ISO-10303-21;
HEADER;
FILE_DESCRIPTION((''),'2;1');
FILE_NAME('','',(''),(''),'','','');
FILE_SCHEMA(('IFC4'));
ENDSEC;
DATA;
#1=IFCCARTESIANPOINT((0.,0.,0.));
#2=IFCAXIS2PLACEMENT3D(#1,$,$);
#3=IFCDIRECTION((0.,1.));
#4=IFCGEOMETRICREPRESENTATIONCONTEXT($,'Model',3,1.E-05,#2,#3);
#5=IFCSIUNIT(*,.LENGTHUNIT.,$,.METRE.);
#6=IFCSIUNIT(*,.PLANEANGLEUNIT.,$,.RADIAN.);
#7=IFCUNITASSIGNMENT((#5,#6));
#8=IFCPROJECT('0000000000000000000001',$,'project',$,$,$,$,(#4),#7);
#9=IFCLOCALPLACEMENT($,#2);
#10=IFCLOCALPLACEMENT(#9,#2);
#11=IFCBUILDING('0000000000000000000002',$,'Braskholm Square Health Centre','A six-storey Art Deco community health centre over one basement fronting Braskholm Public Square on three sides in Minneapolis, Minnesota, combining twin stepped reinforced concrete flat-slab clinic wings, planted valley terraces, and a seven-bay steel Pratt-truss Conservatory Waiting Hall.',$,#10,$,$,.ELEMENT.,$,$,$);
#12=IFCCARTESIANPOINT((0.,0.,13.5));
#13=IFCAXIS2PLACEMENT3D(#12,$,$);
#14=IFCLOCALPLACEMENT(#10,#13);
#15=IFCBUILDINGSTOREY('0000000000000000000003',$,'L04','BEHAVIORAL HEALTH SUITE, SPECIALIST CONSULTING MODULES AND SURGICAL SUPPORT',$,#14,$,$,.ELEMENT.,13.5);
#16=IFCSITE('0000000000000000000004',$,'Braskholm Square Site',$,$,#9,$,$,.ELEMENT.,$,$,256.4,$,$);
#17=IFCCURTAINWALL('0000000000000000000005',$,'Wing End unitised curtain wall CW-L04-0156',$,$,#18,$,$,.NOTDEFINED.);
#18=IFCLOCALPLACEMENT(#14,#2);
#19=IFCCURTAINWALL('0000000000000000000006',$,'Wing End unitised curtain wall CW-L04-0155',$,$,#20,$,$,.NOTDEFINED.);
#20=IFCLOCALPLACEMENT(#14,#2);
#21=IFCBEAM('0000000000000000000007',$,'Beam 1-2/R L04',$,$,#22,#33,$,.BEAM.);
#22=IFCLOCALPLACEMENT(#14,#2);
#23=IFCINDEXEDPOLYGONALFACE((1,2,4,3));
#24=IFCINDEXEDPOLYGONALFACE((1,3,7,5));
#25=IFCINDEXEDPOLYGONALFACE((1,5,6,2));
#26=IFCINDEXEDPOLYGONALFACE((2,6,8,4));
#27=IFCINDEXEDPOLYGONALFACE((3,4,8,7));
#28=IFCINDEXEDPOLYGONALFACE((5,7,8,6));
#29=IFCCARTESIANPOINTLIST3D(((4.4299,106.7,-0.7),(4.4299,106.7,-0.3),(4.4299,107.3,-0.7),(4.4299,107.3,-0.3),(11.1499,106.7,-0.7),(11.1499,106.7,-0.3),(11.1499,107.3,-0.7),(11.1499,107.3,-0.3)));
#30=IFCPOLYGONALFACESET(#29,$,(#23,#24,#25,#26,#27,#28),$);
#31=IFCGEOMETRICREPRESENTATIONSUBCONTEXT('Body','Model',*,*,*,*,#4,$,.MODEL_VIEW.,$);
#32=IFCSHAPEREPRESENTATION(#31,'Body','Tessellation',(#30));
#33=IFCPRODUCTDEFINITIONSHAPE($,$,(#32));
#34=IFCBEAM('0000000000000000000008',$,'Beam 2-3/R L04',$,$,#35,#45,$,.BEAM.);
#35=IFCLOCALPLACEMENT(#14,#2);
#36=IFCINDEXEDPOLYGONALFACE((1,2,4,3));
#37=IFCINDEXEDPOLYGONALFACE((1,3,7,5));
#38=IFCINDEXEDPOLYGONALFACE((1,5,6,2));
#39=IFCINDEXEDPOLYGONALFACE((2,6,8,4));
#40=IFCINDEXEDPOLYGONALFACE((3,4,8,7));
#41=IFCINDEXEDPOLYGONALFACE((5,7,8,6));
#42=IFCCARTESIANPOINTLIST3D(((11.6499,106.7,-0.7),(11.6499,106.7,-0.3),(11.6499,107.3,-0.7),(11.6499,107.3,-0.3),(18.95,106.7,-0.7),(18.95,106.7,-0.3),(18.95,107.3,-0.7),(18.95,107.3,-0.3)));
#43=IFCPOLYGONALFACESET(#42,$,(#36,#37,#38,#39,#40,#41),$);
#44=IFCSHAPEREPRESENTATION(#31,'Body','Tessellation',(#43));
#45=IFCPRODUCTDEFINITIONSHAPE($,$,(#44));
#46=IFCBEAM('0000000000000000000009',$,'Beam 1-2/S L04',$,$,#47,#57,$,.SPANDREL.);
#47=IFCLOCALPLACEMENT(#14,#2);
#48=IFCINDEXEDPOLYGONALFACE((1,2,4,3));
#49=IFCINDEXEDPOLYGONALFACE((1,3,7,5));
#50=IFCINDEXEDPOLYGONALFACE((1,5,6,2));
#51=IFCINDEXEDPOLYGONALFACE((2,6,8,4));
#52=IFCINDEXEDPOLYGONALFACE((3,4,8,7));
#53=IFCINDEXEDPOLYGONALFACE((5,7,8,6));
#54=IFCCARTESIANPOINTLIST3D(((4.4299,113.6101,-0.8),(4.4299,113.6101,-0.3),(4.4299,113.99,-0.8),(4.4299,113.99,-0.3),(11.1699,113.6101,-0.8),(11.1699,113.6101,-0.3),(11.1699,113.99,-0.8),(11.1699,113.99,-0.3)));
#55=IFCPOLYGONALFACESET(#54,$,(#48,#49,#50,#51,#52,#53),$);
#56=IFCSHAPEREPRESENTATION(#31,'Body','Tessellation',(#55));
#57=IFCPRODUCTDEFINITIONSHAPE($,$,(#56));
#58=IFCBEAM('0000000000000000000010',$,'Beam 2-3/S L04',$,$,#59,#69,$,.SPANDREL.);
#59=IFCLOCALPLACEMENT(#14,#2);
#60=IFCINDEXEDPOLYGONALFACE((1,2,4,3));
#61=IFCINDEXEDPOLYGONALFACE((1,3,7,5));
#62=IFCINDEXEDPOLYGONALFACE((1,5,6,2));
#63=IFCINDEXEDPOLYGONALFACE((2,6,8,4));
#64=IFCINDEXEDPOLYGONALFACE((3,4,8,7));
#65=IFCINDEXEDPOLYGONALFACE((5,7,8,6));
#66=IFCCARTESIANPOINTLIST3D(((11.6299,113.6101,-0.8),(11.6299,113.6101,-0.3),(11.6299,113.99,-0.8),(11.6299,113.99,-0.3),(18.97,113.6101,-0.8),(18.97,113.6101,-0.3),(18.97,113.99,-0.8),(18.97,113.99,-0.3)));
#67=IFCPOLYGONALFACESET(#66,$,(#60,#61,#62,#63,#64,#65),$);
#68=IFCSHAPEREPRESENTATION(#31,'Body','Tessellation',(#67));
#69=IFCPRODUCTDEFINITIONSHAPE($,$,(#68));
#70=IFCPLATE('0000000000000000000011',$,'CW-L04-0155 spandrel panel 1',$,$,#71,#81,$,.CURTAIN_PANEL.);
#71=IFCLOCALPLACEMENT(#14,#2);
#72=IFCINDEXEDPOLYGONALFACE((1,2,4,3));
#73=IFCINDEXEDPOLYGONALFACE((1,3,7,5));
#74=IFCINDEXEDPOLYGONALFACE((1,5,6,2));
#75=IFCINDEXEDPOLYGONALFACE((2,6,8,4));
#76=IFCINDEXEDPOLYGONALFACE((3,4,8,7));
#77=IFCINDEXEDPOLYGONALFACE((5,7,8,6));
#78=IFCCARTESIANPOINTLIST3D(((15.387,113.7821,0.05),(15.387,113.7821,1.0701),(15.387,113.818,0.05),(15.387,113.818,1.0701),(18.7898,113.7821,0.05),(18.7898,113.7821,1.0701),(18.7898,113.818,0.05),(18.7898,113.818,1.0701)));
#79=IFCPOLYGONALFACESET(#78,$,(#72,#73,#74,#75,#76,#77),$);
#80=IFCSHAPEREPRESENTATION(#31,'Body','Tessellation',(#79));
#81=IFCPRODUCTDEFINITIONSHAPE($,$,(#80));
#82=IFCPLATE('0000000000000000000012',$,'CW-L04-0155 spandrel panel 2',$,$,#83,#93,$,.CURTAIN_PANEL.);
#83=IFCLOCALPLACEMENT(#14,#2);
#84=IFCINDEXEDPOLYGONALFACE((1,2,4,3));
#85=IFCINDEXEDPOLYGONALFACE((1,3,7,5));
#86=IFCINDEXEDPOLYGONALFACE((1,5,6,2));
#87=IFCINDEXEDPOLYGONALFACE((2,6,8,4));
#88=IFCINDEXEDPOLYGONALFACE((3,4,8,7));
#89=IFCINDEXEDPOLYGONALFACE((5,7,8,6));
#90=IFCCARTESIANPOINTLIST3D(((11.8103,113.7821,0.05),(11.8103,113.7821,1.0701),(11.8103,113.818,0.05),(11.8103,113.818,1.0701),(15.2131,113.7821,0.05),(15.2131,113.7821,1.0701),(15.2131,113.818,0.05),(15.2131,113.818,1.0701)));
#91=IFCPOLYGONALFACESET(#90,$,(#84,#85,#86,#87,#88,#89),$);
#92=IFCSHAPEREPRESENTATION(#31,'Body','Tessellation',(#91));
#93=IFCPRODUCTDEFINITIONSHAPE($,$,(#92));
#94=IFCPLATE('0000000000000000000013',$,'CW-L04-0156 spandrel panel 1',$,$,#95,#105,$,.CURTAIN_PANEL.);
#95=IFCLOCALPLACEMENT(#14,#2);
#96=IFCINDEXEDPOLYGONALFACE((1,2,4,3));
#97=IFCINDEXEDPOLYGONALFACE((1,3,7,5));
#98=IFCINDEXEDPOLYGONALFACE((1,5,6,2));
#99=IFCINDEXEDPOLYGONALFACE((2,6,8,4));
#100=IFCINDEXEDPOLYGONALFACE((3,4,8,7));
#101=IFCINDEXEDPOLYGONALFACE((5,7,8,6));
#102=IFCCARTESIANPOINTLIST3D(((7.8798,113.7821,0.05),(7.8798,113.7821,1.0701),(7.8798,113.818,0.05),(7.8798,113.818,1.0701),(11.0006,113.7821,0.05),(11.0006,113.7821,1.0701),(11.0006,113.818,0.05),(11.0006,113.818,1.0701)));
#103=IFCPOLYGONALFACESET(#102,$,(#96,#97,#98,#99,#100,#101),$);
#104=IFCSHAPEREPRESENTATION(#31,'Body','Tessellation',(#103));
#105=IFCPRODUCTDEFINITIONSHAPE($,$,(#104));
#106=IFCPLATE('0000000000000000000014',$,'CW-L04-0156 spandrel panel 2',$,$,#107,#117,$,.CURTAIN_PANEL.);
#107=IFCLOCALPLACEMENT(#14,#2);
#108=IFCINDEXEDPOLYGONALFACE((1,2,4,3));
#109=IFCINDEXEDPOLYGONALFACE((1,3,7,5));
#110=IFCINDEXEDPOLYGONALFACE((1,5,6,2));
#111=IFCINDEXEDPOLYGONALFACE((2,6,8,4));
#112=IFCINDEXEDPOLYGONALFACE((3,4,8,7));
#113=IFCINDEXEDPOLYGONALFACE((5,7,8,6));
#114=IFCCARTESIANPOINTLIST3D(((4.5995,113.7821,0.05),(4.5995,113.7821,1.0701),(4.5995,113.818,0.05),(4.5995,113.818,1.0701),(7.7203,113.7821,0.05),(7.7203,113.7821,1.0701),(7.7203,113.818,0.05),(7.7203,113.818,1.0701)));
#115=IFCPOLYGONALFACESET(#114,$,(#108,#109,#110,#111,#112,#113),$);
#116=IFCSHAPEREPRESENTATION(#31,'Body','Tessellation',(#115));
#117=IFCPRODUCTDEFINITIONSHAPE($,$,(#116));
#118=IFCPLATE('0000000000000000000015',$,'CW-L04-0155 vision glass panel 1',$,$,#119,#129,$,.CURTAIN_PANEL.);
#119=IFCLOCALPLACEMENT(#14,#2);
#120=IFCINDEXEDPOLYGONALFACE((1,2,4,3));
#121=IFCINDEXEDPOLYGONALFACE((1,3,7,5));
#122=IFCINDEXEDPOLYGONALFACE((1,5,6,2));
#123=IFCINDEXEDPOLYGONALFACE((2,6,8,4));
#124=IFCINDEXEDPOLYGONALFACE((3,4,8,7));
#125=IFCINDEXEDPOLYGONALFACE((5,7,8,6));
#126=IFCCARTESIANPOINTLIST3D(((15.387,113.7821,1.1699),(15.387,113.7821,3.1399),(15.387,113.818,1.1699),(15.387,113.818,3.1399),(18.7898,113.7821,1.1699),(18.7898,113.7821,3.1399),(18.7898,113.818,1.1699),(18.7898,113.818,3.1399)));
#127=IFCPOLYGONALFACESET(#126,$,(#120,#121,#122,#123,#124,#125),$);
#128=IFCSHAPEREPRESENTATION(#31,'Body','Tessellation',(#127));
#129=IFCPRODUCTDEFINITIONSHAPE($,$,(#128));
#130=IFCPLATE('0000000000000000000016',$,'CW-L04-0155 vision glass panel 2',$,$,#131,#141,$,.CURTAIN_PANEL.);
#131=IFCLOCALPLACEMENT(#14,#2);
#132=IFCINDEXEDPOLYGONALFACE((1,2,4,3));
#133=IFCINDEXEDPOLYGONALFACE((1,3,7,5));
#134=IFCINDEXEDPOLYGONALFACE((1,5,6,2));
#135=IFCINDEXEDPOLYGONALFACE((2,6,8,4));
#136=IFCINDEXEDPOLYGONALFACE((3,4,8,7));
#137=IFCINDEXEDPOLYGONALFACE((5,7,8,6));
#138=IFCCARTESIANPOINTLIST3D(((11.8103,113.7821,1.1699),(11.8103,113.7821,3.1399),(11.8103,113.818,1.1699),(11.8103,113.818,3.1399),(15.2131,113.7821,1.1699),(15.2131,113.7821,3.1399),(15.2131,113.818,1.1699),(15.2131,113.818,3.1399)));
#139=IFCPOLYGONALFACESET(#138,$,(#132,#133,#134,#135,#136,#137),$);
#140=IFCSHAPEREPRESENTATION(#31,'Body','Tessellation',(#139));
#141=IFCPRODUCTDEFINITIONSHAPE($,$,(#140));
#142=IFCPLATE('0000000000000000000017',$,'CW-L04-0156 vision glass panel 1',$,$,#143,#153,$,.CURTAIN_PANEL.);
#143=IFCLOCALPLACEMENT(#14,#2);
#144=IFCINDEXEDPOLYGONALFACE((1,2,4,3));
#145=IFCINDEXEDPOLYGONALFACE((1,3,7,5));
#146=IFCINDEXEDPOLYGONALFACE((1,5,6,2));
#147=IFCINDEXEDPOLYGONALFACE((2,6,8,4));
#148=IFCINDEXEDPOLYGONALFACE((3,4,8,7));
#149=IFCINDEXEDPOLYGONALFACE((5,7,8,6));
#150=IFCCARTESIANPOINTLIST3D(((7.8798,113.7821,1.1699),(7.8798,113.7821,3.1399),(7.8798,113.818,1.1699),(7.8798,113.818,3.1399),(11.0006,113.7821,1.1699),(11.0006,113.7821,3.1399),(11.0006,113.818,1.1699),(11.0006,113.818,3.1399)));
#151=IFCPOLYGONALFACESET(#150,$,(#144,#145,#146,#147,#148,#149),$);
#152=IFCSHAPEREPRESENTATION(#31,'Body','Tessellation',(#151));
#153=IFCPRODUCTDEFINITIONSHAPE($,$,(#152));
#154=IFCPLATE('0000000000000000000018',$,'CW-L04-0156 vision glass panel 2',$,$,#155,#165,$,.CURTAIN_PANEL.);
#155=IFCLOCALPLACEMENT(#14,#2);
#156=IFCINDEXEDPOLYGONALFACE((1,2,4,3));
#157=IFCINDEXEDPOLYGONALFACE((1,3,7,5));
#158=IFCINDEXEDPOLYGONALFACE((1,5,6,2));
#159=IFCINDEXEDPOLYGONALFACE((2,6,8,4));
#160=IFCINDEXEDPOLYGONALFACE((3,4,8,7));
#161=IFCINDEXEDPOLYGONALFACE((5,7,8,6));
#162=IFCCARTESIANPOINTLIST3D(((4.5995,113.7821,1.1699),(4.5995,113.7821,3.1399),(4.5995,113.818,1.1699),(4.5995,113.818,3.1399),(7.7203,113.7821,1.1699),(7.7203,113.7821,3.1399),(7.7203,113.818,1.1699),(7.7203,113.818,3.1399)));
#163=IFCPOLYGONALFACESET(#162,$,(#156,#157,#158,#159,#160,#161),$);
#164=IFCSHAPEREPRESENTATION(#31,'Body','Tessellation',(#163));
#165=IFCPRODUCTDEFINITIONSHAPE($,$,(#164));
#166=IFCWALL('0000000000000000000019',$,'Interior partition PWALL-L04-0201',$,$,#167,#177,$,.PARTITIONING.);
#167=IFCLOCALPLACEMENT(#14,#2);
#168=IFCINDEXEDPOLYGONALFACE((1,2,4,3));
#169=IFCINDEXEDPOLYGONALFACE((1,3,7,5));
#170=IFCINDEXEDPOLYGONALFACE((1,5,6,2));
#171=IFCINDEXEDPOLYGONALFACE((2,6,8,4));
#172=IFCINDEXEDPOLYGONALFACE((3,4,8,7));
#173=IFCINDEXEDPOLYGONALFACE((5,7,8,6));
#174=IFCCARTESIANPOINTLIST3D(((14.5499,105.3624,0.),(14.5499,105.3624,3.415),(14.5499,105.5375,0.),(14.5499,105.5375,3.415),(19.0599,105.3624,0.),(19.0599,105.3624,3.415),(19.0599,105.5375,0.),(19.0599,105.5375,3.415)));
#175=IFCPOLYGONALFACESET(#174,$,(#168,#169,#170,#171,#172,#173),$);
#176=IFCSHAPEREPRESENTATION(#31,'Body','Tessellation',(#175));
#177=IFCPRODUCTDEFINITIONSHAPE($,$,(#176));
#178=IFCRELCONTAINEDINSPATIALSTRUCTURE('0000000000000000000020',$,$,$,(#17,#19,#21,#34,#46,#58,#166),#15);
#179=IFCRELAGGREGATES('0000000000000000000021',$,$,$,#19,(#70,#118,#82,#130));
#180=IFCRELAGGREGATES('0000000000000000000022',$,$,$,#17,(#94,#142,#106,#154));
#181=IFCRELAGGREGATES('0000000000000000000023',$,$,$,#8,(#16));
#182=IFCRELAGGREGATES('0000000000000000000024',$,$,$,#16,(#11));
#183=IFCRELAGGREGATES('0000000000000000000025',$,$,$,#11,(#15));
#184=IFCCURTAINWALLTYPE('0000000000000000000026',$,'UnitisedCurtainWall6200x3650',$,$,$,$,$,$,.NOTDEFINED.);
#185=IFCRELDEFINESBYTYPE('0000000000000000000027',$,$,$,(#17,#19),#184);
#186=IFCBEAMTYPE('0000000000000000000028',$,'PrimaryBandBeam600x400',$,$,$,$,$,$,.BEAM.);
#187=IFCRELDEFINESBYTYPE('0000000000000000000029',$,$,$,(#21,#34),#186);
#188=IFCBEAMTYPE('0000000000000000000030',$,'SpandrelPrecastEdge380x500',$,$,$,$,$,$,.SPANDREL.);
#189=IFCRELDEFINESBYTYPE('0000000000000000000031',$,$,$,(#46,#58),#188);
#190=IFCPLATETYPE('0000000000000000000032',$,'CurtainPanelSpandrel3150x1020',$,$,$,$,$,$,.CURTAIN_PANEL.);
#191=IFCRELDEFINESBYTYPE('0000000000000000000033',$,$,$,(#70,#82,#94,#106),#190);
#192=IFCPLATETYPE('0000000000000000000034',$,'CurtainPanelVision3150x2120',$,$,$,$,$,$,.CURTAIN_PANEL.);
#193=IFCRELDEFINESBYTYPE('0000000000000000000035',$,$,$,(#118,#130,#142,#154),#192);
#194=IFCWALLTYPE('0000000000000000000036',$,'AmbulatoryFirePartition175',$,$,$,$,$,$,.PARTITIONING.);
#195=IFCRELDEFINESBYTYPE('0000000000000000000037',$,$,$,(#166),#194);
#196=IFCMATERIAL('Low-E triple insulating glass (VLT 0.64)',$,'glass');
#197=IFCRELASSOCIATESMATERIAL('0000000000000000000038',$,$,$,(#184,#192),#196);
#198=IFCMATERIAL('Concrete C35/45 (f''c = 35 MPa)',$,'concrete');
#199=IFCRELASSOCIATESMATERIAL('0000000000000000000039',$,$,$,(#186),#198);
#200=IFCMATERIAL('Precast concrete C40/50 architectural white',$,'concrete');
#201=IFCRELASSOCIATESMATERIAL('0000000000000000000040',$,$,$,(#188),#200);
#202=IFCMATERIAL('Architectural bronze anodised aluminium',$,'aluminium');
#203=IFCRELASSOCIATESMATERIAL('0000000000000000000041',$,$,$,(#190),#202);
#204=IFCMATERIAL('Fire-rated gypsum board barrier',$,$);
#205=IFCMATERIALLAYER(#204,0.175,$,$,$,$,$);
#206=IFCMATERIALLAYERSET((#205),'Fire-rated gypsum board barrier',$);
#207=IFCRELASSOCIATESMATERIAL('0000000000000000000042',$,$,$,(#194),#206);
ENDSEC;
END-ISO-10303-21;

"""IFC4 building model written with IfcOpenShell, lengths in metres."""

from ifc_helpers import new_model, si_unit, direction, frame, frame_2d, origin, origin_2d, place, context, subcontext, project, spatial, rectangle, extrude, material, layer, layer_set, material_profile, profile_set, type_object, element, aggregate, save


model = new_model("IFC4")

# Units and contexts
model_context = context("Model", 3, precision=1e-05, world=origin(), true_north=direction((0.0, 1.0)))
body_context = subcontext(model_context, "Body", "Model", "MODEL_VIEW")
ifc_project = project(units=[si_unit("LENGTHUNIT", "METRE"), si_unit("PLANEANGLEUNIT", "RADIAN")], contexts=[model_context])

# Site, building, storey
site_placement = place(None, origin())
site = spatial("IfcSite", under=ifc_project, at=site_placement, Name="Braskholm Square Site", CompositionType="ELEMENT", RefElevation=256.4)
building_placement = place(site_placement, origin())
building = spatial("IfcBuilding", under=site, at=building_placement, Name="Braskholm Square Health Centre", Description="A six-storey Art Deco community health centre over one basement fronting Braskholm Public Square on three sides in Minneapolis, Minnesota, combining twin stepped reinforced concrete flat-slab clinic wings, planted valley terraces, and a seven-bay steel Pratt-truss Conservatory Waiting Hall.", CompositionType="ELEMENT")
storey_placement = place(building_placement, frame((0.0, 0.0, 13.5)))
storey = spatial("IfcBuildingStorey", under=building, at=storey_placement, Name="L04", Description="BEHAVIORAL HEALTH SUITE, SPECIALIST CONSULTING MODULES AND SURGICAL SUPPORT", CompositionType="ELEMENT", Elevation=13.5)

# Shared definitions
ifc_material_1 = material(Name="Precast concrete C40/50 architectural white", Category="concrete")

# Curtain walls
ifc_material_2 = material(Name="Low-E triple insulating glass (VLT 0.64)", Category="glass")
curtain_wall_type = type_object("IfcCurtainWallType", Name="UnitisedCurtainWall6200x3650", PredefinedType="NOTDEFINED", material=ifc_material_2)
curtain_wall_1_placement = place(storey_placement, origin())
curtain_wall_1 = element("IfcCurtainWall", 1, at=curtain_wall_1_placement, inside=storey, type_object=curtain_wall_type, Name="Wing End unitised curtain wall CW-L04-0156", PredefinedType="NOTDEFINED")
ifc_material_3 = material(Name="Architectural bronze anodised aluminium", Category="aluminium")
curtain_wall_2_placement = place(storey_placement, origin())
curtain_wall_2 = element("IfcCurtainWall", 2, at=curtain_wall_2_placement, inside=storey, type_object=curtain_wall_type, Name="Wing End unitised curtain wall CW-L04-0155", PredefinedType="NOTDEFINED")

# Beams
ifc_material_4 = material(Name="Concrete C35/45 (f'c = 35 MPa)", Category="concrete")
ifc_material_profile_1 = material_profile(ifc_material_4, rectangle(XDim=0.6001, YDim=0.3999, at=origin_2d()), Name="RCB-600X400")
ifc_profile_set_1 = profile_set([ifc_material_profile_1], Name="Concrete C35/45 (f'c = 35 MPa)")
beam_type_1 = type_object("IfcBeamType", Name="PrimaryBandBeam600x400", PredefinedType="BEAM", material=ifc_profile_set_1)
beam_1_placement = place(storey_placement, frame((4.4299, 107.0, -0.5), z_axis=(1.0, 0.0, 0.0), x_axis=(0.0, 1.0, 0.0)))
element("IfcBeam", 3, at=beam_1_placement, inside=storey, type_object=beam_type_1, Name="Beam 1-2/R L04", PredefinedType="BEAM", context=body_context, shape_type="SweptSolid", body=[
    extrude(rectangle(XDim=0.6001, YDim=0.3999, at=origin_2d()), origin(), (0.0, 0.0, 1.0), 6.72),
])
beam_2_placement = place(storey_placement, frame((11.6499, 107.0, -0.5), z_axis=(1.0, 0.0, 0.0), x_axis=(0.0, 1.0, 0.0)))
element("IfcBeam", 4, at=beam_2_placement, inside=storey, type_object=beam_type_1, Name="Beam 2-3/R L04", PredefinedType="BEAM", context=body_context, shape_type="SweptSolid", body=[
    extrude(rectangle(XDim=0.6001, YDim=0.3999, at=origin_2d()), origin(), (0.0, 0.0, 1.0), 7.3),
])
ifc_material_profile_2 = material_profile(ifc_material_1, rectangle(XDim=0.3799, YDim=0.5, at=origin_2d()), Name="RCB-380X500")
ifc_profile_set_2 = profile_set([ifc_material_profile_2], Name="Precast concrete C40/50 architectural white")
beam_type_2 = type_object("IfcBeamType", Name="SpandrelPrecastEdge380x500", PredefinedType="SPANDREL", material=ifc_profile_set_2)
beam_3_placement = place(storey_placement, frame((4.4299, 113.8, -0.55), z_axis=(1.0, 0.0, 0.0), x_axis=(0.0, 1.0, 0.0)))
element("IfcBeam", 5, at=beam_3_placement, inside=storey, type_object=beam_type_2, Name="Beam 1-2/S L04", PredefinedType="SPANDREL", context=body_context, shape_type="SweptSolid", body=[
    extrude(rectangle(XDim=0.3799, YDim=0.5, at=origin_2d()), origin(), (0.0, 0.0, 1.0), 6.74),
])
beam_4_placement = place(storey_placement, frame((11.6299, 113.8, -0.55), z_axis=(1.0, 0.0, 0.0), x_axis=(0.0, 1.0, 0.0)))
element("IfcBeam", 6, at=beam_4_placement, inside=storey, type_object=beam_type_2, Name="Beam 2-3/S L04", PredefinedType="SPANDREL", context=body_context, shape_type="SweptSolid", body=[
    extrude(rectangle(XDim=0.3799, YDim=0.5, at=origin_2d()), origin(), (0.0, 0.0, 1.0), 7.3401),
])

# Plates
plate_type_1 = type_object("IfcPlateType", Name="CurtainPanelSpandrel3150x1020", PredefinedType="CURTAIN_PANEL", material=ifc_material_3)
plate_1_placement = place(storey_placement, frame((17.0884, 113.8, 0.05), z_axis=(0.0, 0.0, 1.0), x_axis=(-1.0, 0.0, 0.0)))
plate_1 = element("IfcPlate", 7, at=plate_1_placement, type_object=plate_type_1, Name="CW-L04-0155 spandrel panel 1", PredefinedType="CURTAIN_PANEL", context=body_context, shape_type="SweptSolid", body=[
    extrude(rectangle(XDim=3.4028, YDim=0.0359, at=origin_2d()), origin(), (0.0, 0.0, 1.0), 1.02),
])
plate_2_placement = place(storey_placement, frame((13.5117, 113.8, 0.05), z_axis=(0.0, 0.0, 1.0), x_axis=(-1.0, 0.0, 0.0)))
plate_2 = element("IfcPlate", 8, at=plate_2_placement, type_object=plate_type_1, Name="CW-L04-0155 spandrel panel 2", PredefinedType="CURTAIN_PANEL", context=body_context, shape_type="SweptSolid", body=[
    extrude(rectangle(XDim=3.4028, YDim=0.0359, at=origin_2d()), origin(), (0.0, 0.0, 1.0), 1.02),
])
plate_3_placement = place(storey_placement, frame((9.4402, 113.8, 0.05), z_axis=(0.0, 0.0, 1.0), x_axis=(-1.0, 0.0, 0.0)))
plate_3 = element("IfcPlate", 9, at=plate_3_placement, type_object=plate_type_1, Name="CW-L04-0156 spandrel panel 1", PredefinedType="CURTAIN_PANEL", context=body_context, shape_type="SweptSolid", body=[
    extrude(rectangle(XDim=3.1208, YDim=0.0359, at=origin_2d()), origin(), (0.0, 0.0, 1.0), 1.02),
])
plate_4_placement = place(storey_placement, frame((6.1599, 113.8, 0.05), z_axis=(0.0, 0.0, 1.0), x_axis=(-1.0, 0.0, 0.0)))
plate_4 = element("IfcPlate", 10, at=plate_4_placement, type_object=plate_type_1, Name="CW-L04-0156 spandrel panel 2", PredefinedType="CURTAIN_PANEL", context=body_context, shape_type="SweptSolid", body=[
    extrude(rectangle(XDim=3.1208, YDim=0.0359, at=origin_2d()), origin(), (0.0, 0.0, 1.0), 1.02),
])
plate_type_2 = type_object("IfcPlateType", Name="CurtainPanelVision3150x2120", PredefinedType="CURTAIN_PANEL", material=ifc_material_2)
plate_5_placement = place(storey_placement, frame((17.0884, 113.8, 1.1699), z_axis=(0.0, 0.0, 1.0), x_axis=(-1.0, 0.0, 0.0)))
plate_5 = element("IfcPlate", 11, at=plate_5_placement, type_object=plate_type_2, Name="CW-L04-0155 vision glass panel 1", PredefinedType="CURTAIN_PANEL", context=body_context, shape_type="SweptSolid", body=[
    extrude(rectangle(XDim=3.4028, YDim=0.0359, at=origin_2d()), origin(), (0.0, 0.0, 1.0), 1.97),
])
plate_6_placement = place(storey_placement, frame((13.5117, 113.8, 1.1699), z_axis=(0.0, 0.0, 1.0), x_axis=(-1.0, 0.0, 0.0)))
plate_6 = element("IfcPlate", 12, at=plate_6_placement, type_object=plate_type_2, Name="CW-L04-0155 vision glass panel 2", PredefinedType="CURTAIN_PANEL", context=body_context, shape_type="SweptSolid", body=[
    extrude(rectangle(XDim=3.4028, YDim=0.0359, at=origin_2d()), origin(), (0.0, 0.0, 1.0), 1.97),
])
aggregate(curtain_wall_2, [plate_1, plate_5, plate_2, plate_6])
plate_7_placement = place(storey_placement, frame((9.4402, 113.8, 1.1699), z_axis=(0.0, 0.0, 1.0), x_axis=(-1.0, 0.0, 0.0)))
plate_7 = element("IfcPlate", 13, at=plate_7_placement, type_object=plate_type_2, Name="CW-L04-0156 vision glass panel 1", PredefinedType="CURTAIN_PANEL", context=body_context, shape_type="SweptSolid", body=[
    extrude(rectangle(XDim=3.1208, YDim=0.0359, at=origin_2d()), origin(), (0.0, 0.0, 1.0), 1.97),
])
plate_8_placement = place(storey_placement, frame((6.1599, 113.8, 1.1699), z_axis=(0.0, 0.0, 1.0), x_axis=(-1.0, 0.0, 0.0)))
plate_8 = element("IfcPlate", 14, at=plate_8_placement, type_object=plate_type_2, Name="CW-L04-0156 vision glass panel 2", PredefinedType="CURTAIN_PANEL", context=body_context, shape_type="SweptSolid", body=[
    extrude(rectangle(XDim=3.1208, YDim=0.0359, at=origin_2d()), origin(), (0.0, 0.0, 1.0), 1.97),
])
aggregate(curtain_wall_1, [plate_3, plate_7, plate_4, plate_8])

# Wall
ifc_material_5 = material(Name="Fire-rated gypsum board barrier")
ifc_layer_1 = layer(ifc_material_5, 0.175)
ifc_layer_set_1 = layer_set([ifc_layer_1], Name="Fire-rated gypsum board barrier")
wall_type_1 = type_object("IfcWallType", Name="AmbulatoryFirePartition175", PredefinedType="PARTITIONING", material=ifc_layer_set_1)
wall_1_placement = place(storey_placement, frame((14.55, 105.45, 0.0), z_axis=(0.0, 0.0, 1.0), x_axis=(1.0, 0.0, 0.0)))
element("IfcWall", 15, at=wall_1_placement, inside=storey, type_object=wall_type_1, Name="Interior partition PWALL-L04-0201", PredefinedType="PARTITIONING", context=body_context, shape_type="SweptSolid", body=[
    extrude(rectangle(XDim=4.51, YDim=0.175, at=frame_2d((2.2549, 0.0))), origin(), (0.0, 0.0, 1.0), 3.415),
])

save(model, "model.ifc")
